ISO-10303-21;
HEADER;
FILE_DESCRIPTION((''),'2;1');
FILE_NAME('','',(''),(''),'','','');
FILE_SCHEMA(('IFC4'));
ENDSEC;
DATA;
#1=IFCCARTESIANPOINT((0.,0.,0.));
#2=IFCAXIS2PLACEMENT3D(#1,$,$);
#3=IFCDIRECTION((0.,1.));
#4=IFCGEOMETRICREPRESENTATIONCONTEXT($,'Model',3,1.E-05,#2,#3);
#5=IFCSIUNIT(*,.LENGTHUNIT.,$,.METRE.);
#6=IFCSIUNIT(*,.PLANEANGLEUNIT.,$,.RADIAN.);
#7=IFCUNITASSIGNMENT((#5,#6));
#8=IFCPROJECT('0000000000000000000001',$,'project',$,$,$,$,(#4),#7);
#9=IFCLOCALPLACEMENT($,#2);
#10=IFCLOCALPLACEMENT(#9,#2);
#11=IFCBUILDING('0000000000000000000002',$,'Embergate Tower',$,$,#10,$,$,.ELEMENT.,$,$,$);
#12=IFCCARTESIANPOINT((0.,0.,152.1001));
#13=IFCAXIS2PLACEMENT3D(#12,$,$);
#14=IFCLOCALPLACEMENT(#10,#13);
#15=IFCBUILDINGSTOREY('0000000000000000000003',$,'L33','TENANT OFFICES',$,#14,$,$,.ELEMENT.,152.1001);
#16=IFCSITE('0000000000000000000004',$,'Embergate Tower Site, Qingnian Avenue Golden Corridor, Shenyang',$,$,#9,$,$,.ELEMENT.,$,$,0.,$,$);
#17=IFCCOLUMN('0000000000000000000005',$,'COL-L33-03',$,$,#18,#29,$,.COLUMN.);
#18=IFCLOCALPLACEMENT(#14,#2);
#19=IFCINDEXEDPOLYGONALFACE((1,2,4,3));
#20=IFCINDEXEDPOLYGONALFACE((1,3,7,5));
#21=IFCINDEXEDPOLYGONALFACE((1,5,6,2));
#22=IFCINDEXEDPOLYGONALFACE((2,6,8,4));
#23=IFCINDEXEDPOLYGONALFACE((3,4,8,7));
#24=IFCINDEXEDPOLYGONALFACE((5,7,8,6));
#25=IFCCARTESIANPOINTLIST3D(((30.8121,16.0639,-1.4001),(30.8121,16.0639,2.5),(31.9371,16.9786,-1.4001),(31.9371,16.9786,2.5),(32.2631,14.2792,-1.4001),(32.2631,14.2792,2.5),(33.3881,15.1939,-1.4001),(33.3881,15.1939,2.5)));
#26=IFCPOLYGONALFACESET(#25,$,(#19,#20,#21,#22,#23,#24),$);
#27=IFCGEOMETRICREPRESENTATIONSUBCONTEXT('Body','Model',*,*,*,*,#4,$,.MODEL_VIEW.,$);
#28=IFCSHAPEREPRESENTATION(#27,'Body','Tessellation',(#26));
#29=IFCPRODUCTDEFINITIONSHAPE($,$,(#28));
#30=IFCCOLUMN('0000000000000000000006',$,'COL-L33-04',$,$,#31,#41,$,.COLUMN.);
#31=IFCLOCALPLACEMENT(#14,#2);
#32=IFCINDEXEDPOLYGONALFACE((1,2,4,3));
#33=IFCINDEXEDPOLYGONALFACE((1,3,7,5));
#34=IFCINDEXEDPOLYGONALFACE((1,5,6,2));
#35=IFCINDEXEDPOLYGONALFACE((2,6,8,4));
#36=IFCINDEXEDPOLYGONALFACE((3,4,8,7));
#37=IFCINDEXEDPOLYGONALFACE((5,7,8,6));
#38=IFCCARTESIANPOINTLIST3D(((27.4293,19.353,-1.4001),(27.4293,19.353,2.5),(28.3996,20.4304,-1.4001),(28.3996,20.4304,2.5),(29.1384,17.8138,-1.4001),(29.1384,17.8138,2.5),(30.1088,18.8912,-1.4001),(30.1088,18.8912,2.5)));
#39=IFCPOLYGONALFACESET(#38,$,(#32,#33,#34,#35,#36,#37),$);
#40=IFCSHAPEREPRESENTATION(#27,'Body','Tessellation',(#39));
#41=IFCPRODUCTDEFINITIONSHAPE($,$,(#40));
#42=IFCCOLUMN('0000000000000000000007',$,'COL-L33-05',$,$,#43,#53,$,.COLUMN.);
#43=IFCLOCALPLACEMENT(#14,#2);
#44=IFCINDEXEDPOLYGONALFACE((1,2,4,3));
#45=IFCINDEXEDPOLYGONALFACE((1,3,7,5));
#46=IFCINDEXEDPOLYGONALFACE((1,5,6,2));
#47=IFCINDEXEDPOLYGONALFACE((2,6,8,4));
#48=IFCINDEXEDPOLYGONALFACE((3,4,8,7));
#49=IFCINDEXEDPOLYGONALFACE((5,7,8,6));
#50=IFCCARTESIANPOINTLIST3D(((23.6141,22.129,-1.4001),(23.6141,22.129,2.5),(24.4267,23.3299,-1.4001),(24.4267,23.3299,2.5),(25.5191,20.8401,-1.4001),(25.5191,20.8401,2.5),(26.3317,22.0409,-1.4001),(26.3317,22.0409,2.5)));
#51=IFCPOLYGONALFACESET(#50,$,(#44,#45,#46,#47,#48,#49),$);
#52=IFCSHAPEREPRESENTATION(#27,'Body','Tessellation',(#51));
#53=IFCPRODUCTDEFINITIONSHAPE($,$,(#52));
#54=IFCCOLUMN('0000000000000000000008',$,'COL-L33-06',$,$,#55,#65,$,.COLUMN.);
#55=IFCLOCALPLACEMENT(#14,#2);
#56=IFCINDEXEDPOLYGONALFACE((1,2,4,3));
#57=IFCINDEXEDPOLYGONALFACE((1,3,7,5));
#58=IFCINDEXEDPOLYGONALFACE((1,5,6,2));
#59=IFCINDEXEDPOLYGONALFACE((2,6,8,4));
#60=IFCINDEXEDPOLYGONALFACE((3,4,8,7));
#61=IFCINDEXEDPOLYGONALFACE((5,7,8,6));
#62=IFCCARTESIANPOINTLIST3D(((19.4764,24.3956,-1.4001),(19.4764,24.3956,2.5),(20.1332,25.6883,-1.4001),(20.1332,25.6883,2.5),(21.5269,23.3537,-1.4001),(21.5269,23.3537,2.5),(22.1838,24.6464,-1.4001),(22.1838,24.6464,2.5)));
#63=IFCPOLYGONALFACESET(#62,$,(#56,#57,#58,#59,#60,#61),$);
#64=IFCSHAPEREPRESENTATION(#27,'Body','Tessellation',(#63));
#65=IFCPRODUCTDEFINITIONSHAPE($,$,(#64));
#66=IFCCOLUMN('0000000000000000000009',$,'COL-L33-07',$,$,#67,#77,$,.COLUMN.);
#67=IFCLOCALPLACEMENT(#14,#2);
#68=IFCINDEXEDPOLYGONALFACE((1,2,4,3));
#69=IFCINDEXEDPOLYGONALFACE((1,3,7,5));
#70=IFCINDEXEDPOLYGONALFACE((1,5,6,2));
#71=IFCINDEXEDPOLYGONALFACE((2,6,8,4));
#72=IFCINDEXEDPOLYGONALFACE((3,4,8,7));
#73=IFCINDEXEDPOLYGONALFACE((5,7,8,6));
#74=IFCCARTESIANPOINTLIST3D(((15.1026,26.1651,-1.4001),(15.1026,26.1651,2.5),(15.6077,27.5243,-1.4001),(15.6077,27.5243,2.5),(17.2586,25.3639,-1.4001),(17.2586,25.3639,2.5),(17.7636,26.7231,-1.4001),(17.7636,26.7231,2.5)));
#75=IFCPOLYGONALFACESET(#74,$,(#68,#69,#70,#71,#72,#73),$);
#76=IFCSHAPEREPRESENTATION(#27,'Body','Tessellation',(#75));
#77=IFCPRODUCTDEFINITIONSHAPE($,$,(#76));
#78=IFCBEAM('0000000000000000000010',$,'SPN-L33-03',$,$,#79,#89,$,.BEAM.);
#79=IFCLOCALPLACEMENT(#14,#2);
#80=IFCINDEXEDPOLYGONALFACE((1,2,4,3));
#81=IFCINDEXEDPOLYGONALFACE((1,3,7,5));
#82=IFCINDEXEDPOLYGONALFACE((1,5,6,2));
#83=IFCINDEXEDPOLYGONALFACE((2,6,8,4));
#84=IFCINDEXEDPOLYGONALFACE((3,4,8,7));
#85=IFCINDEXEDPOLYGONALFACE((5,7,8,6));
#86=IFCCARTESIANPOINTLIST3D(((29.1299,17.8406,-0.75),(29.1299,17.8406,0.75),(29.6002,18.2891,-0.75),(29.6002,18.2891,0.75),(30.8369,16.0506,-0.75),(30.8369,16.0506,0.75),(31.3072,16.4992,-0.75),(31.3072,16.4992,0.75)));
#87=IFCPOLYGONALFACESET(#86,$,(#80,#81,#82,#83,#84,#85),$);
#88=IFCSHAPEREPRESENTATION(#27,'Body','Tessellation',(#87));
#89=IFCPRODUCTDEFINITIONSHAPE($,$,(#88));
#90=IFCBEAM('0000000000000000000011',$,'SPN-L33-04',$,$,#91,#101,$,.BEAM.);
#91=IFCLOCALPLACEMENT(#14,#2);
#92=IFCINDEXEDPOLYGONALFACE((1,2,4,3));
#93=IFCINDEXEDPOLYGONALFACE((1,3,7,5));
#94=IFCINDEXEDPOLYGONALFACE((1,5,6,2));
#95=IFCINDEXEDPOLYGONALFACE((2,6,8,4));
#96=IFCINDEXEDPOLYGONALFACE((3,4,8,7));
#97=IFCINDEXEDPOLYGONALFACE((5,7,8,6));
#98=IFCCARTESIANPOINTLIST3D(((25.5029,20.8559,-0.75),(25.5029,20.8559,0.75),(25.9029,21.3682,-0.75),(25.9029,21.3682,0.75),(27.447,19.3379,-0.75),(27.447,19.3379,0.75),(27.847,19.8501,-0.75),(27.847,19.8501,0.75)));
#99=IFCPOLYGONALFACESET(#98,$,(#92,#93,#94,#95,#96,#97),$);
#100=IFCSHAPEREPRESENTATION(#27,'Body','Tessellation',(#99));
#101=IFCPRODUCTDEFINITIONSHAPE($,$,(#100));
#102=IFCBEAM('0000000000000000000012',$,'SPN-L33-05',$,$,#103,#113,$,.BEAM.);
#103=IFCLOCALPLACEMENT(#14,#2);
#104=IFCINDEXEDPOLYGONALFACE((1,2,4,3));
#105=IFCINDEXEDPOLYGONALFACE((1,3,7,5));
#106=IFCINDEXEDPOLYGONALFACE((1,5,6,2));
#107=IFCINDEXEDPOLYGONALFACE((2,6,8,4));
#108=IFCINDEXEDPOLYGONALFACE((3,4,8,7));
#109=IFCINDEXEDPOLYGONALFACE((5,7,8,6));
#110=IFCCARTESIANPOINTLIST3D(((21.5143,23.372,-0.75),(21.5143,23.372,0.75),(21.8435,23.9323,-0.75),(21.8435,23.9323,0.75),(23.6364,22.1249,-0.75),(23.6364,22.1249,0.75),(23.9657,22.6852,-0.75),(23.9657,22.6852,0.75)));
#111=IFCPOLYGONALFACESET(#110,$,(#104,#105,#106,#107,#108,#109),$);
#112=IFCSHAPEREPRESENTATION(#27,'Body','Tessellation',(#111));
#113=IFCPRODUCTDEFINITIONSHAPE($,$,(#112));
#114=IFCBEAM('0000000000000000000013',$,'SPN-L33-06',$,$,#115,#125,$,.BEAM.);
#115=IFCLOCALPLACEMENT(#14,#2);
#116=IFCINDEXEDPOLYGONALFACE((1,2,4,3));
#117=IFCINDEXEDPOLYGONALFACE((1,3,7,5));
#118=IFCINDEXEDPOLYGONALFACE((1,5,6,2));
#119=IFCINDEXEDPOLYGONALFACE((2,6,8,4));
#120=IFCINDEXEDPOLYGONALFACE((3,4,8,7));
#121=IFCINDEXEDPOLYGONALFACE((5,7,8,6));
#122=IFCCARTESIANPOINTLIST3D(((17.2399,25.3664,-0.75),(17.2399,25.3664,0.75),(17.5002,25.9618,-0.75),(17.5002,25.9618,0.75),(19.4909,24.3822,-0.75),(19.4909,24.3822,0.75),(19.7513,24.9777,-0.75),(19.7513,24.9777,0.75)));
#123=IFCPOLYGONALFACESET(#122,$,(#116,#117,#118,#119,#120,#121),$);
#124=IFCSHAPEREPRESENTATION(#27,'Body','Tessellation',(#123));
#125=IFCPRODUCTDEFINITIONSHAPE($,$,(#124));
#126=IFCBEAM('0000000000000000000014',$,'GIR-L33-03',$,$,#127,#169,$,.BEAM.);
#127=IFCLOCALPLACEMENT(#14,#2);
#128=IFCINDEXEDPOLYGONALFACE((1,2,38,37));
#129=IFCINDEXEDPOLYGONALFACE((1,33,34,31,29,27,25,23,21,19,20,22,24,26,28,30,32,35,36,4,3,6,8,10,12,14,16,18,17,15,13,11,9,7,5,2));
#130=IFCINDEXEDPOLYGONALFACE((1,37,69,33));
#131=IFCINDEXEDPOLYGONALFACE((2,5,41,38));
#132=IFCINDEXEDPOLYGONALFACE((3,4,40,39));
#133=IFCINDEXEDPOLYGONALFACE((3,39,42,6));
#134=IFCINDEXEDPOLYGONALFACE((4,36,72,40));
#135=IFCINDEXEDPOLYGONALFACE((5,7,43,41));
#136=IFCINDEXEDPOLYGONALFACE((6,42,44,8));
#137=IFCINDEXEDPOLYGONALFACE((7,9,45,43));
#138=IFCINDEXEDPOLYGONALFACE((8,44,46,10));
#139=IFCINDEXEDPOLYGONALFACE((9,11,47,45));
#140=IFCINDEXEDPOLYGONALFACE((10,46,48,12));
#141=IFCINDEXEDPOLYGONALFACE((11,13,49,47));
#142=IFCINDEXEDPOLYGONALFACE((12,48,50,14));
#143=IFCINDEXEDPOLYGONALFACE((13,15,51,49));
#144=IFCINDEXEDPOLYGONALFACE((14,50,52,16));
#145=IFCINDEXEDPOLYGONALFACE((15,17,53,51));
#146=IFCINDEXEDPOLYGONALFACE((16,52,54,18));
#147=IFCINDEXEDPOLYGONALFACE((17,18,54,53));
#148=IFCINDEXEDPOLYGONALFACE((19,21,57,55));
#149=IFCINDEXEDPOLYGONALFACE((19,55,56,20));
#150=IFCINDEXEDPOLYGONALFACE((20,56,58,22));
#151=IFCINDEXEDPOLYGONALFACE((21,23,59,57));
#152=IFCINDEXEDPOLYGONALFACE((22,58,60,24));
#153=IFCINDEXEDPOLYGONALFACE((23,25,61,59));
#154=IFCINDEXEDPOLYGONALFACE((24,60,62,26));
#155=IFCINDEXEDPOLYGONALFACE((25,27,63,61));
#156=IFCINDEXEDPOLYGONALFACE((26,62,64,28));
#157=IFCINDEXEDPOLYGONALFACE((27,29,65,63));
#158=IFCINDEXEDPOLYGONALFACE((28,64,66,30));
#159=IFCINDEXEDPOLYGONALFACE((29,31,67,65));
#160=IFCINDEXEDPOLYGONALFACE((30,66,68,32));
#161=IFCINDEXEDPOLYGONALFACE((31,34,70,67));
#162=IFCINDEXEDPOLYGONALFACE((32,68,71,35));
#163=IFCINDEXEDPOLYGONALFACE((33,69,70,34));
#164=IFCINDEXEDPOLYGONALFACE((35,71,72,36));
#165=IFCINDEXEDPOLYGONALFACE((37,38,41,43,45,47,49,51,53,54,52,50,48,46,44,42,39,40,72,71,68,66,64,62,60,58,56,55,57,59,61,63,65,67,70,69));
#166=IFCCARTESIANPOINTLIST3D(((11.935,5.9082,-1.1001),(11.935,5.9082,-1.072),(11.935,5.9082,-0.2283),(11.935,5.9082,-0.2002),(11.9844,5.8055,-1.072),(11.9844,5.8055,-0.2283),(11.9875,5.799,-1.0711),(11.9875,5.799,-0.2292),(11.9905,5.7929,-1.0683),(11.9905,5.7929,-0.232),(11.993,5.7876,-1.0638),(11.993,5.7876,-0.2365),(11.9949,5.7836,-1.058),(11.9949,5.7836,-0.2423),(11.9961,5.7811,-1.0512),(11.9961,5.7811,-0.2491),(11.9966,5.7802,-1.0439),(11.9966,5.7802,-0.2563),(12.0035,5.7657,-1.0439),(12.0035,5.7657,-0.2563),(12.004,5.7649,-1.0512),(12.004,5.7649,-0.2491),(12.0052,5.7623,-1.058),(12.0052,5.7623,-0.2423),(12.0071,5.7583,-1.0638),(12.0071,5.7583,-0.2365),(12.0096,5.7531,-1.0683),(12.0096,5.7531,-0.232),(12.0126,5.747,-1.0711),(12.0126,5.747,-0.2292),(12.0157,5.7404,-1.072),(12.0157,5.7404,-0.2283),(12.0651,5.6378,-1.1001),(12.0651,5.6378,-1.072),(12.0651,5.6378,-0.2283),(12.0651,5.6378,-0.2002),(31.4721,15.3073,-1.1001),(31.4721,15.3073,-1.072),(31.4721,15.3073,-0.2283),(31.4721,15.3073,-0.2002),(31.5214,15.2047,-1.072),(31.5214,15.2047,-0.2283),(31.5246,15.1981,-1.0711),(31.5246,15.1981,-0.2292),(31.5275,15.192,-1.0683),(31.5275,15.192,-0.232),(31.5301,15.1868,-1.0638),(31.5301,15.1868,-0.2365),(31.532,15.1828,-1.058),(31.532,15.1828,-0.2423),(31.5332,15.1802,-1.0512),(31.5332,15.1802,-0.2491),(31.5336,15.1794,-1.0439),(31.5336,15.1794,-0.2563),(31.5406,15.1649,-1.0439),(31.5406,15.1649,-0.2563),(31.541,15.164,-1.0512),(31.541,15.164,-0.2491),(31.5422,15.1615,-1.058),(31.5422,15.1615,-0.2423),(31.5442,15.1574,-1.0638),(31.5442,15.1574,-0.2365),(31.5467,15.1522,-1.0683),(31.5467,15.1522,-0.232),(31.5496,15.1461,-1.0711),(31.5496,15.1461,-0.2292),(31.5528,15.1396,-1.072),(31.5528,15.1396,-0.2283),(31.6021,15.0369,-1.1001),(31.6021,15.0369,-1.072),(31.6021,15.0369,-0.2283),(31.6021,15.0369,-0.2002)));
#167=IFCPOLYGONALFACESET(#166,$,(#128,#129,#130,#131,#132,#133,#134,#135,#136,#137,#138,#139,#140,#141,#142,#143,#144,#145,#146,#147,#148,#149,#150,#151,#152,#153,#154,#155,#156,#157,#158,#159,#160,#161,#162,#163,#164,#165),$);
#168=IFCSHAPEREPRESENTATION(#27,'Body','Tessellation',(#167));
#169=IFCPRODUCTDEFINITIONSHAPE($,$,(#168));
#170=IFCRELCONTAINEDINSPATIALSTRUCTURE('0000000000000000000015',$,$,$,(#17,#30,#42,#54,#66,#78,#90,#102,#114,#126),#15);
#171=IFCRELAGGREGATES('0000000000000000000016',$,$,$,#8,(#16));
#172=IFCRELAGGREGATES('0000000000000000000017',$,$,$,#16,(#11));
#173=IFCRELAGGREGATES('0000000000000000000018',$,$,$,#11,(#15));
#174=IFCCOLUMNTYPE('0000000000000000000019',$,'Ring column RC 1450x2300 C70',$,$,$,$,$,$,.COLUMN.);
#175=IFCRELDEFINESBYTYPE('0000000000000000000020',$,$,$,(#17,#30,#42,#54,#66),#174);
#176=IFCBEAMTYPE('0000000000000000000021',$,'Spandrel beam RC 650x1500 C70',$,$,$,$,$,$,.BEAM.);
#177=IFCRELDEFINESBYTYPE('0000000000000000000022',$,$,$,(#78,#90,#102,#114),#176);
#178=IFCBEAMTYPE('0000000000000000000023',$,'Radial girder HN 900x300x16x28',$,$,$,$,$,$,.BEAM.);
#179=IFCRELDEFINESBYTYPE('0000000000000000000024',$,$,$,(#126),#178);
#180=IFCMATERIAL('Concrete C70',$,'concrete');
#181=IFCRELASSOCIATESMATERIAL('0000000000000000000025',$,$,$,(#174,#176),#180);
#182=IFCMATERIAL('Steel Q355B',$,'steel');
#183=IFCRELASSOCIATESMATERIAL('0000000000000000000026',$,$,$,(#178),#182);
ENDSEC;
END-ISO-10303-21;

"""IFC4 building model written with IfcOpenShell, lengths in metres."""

from ifc_helpers import new_model, si_unit, direction, frame, origin, origin_2d, place, context, subcontext, project, spatial, rectangle, i_section, extrude, source, transform, mapped, material, material_profile, profile_set, type_object, element, save


model = new_model("IFC4")

# Units and contexts
model_context = context("Model", 3, precision=1e-05, world=origin(), true_north=direction((0.0, 1.0)))
body_context = subcontext(model_context, "Body", "Model", "MODEL_VIEW")
ifc_project = project(units=[si_unit("LENGTHUNIT", "METRE"), si_unit("PLANEANGLEUNIT", "RADIAN")], contexts=[model_context])

# Site, building, storey
site_placement = place(None, origin())
site = spatial("IfcSite", under=ifc_project, at=site_placement, Name="Embergate Tower Site, Qingnian Avenue Golden Corridor, Shenyang", CompositionType="ELEMENT", RefElevation=0.0)
building_placement = place(site_placement, origin())
building = spatial("IfcBuilding", under=site, at=building_placement, Name="Embergate Tower", CompositionType="ELEMENT")
storey_placement = place(building_placement, frame((0.0, 0.0, 152.1001)))
storey = spatial("IfcBuildingStorey", under=building, at=storey_placement, Name="L33", Description="TENANT OFFICES", CompositionType="ELEMENT", Elevation=152.1001)

# Columns
ifc_material_1 = material(Name="Concrete C70", Category="concrete")
ifc_material_profile_1 = material_profile(ifc_material_1, rectangle(XDim=1.45, YDim=2.3, at=origin_2d()), Name="RC 1450x2300")
ifc_profile_set_1 = profile_set([ifc_material_profile_1], Name="Concrete C70")
column_type = type_object("IfcColumnType", Name="Ring column RC 1450x2300 C70", PredefinedType="COLUMN", material=ifc_profile_set_1)
shared_shape_1 = source(origin(), body_context, "Body", "SweptSolid", [
    extrude(rectangle(XDim=1.45, YDim=2.3, at=origin_2d()), origin(), (0.0, 0.0, 1.0), 3.9001),
])
for number, where, z_axis, x_axis, name in (
    (1, (32.1001, 15.6289, -1.4001), (0.0, 0.0, 1.0), (0.775914, 0.630838, 0.0), "COL-L33-03"),
    (2, (28.769, 19.1221, -1.4001), (0.0, 0.0, 1.0), (0.669208, 0.743075, 0.0), "COL-L33-04"),
    (3, (24.9729, 22.085, -1.4001), (0.0, 0.0, 1.0), (0.560393, 0.828227, 0.0), "COL-L33-05"),
    (4, (20.8301, 24.521, -1.4001), (0.0, 0.0, 1.0), (0.452995, 0.891513, 0.0), "COL-L33-06"),
    (5, (16.4331, 26.4441, -1.4001), (0.0, 0.0, 1.0), (0.348343, 0.937367, 0.0), "COL-L33-07"),
):
    element("IfcColumn", number, at=place(storey_placement, frame(where, z_axis=z_axis, x_axis=x_axis)), inside=storey, type_object=column_type, Name=name, PredefinedType="COLUMN", context=body_context, shape_type="MappedRepresentation", body=[
        mapped(shared_shape_1, transform((0.0, 0.0, 0.0))),
    ])

# Beams
ifc_material_profile_2 = material_profile(ifc_material_1, rectangle(XDim=0.6499, YDim=1.5, at=origin_2d()), Name="RC 650x1500")
ifc_profile_set_2 = profile_set([ifc_material_profile_2], Name="Concrete C70")
beam_type_1 = type_object("IfcBeamType", Name="Spandrel beam RC 650x1500 C70", PredefinedType="BEAM", material=ifc_profile_set_2)
shared_shape_2 = source(origin(), body_context, "Body", "SweptSolid", [
    extrude(rectangle(XDim=0.6499, YDim=1.5, at=origin_2d()), origin(), (0.0, 0.0, 1.0), 2.4734),
])
beam_1_placement = place(storey_placement, frame((31.072, 16.2749, 0.0), z_axis=(-0.690128, 0.723687, 0.0), x_axis=(-0.723687, -0.690128, 0.0)))
element("IfcBeam", 6, at=beam_1_placement, inside=storey, type_object=beam_type_1, Name="SPN-L33-03", PredefinedType="BEAM", context=body_context, shape_type="MappedRepresentation", body=[
    mapped(shared_shape_2, transform((0.0, 0.0, 0.0))),
])
shared_shape_3 = source(origin(), body_context, "Body", "SweptSolid", [
    extrude(rectangle(XDim=0.6499, YDim=1.5, at=origin_2d()), origin(), (0.0, 0.0, 1.0), 2.4666),
])
beam_2_placement = place(storey_placement, frame((27.647, 19.594, 0.0), z_axis=(-0.788173, 0.615454, 0.0), x_axis=(-0.615454, -0.788173, 0.0)))
element("IfcBeam", 7, at=beam_2_placement, inside=storey, type_object=beam_type_1, Name="SPN-L33-04", PredefinedType="BEAM", context=body_context, shape_type="MappedRepresentation", body=[
    mapped(shared_shape_3, transform((0.0, 0.0, 0.0))),
])
shared_shape_4 = source(origin(), body_context, "Body", "SweptSolid", [
    extrude(rectangle(XDim=0.6499, YDim=1.5, at=origin_2d()), origin(), (0.0, 0.0, 1.0), 2.4614),
])
beam_3_placement = place(storey_placement, frame((23.801, 22.405, 0.0), z_axis=(-0.862148, 0.506656, 0.0), x_axis=(-0.506656, -0.862148, 0.0)))
element("IfcBeam", 8, at=beam_3_placement, inside=storey, type_object=beam_type_1, Name="SPN-L33-05", PredefinedType="BEAM", context=body_context, shape_type="MappedRepresentation", body=[
    mapped(shared_shape_4, transform((0.0, 0.0, 0.0))),
])
shared_shape_5 = source(origin(), body_context, "Body", "SweptSolid", [
    extrude(rectangle(XDim=0.6499, YDim=1.5, at=origin_2d()), origin(), (0.0, 0.0, 1.0), 2.4568),
])
beam_4_placement = place(storey_placement, frame((19.6211, 24.6799, 0.0), z_axis=(-0.916258, 0.400589, 0.0), x_axis=(-0.400589, -0.916258, 0.0)))
element("IfcBeam", 9, at=beam_4_placement, inside=storey, type_object=beam_type_1, Name="SPN-L33-06", PredefinedType="BEAM", context=body_context, shape_type="MappedRepresentation", body=[
    mapped(shared_shape_5, transform((0.0, 0.0, 0.0))),
])
ifc_material_2 = material(Name="Steel Q355B", Category="steel")
ifc_material_profile_3 = material_profile(ifc_material_2, i_section(OverallWidth=0.3, OverallDepth=0.8999, WebThickness=0.0161, FlangeThickness=0.0281, FilletRadius=0.0281, at=origin_2d()), Name="HN 900x300x16x28")
ifc_profile_set_3 = profile_set([ifc_material_profile_3], Name="Steel Q355 grade B")
beam_type_2 = type_object("IfcBeamType", Name="Radial girder HN 900x300x16x28", PredefinedType="BEAM", material=ifc_profile_set_3)
shared_shape_6 = source(origin(), body_context, "Body", "SweptSolid", [
    extrude(i_section(OverallWidth=0.3, OverallDepth=0.8999, WebThickness=0.0161, FlangeThickness=0.0281, FilletRadius=0.0281, at=origin_2d()), origin(), (0.0, 0.0, 1.0), 21.6804),
])
beam_5_placement = place(storey_placement, frame((31.5371, 15.1721, -0.6501), z_axis=(-0.901138, -0.433532, 0.0), x_axis=(0.433532, -0.901138, 0.0)))
element("IfcBeam", 10, at=beam_5_placement, inside=storey, type_object=beam_type_2, Name="GIR-L33-03", PredefinedType="BEAM", context=body_context, shape_type="MappedRepresentation", body=[
    mapped(shared_shape_6, transform((0.0, 0.0, 0.0))),
])

save(model, "model.ifc")
